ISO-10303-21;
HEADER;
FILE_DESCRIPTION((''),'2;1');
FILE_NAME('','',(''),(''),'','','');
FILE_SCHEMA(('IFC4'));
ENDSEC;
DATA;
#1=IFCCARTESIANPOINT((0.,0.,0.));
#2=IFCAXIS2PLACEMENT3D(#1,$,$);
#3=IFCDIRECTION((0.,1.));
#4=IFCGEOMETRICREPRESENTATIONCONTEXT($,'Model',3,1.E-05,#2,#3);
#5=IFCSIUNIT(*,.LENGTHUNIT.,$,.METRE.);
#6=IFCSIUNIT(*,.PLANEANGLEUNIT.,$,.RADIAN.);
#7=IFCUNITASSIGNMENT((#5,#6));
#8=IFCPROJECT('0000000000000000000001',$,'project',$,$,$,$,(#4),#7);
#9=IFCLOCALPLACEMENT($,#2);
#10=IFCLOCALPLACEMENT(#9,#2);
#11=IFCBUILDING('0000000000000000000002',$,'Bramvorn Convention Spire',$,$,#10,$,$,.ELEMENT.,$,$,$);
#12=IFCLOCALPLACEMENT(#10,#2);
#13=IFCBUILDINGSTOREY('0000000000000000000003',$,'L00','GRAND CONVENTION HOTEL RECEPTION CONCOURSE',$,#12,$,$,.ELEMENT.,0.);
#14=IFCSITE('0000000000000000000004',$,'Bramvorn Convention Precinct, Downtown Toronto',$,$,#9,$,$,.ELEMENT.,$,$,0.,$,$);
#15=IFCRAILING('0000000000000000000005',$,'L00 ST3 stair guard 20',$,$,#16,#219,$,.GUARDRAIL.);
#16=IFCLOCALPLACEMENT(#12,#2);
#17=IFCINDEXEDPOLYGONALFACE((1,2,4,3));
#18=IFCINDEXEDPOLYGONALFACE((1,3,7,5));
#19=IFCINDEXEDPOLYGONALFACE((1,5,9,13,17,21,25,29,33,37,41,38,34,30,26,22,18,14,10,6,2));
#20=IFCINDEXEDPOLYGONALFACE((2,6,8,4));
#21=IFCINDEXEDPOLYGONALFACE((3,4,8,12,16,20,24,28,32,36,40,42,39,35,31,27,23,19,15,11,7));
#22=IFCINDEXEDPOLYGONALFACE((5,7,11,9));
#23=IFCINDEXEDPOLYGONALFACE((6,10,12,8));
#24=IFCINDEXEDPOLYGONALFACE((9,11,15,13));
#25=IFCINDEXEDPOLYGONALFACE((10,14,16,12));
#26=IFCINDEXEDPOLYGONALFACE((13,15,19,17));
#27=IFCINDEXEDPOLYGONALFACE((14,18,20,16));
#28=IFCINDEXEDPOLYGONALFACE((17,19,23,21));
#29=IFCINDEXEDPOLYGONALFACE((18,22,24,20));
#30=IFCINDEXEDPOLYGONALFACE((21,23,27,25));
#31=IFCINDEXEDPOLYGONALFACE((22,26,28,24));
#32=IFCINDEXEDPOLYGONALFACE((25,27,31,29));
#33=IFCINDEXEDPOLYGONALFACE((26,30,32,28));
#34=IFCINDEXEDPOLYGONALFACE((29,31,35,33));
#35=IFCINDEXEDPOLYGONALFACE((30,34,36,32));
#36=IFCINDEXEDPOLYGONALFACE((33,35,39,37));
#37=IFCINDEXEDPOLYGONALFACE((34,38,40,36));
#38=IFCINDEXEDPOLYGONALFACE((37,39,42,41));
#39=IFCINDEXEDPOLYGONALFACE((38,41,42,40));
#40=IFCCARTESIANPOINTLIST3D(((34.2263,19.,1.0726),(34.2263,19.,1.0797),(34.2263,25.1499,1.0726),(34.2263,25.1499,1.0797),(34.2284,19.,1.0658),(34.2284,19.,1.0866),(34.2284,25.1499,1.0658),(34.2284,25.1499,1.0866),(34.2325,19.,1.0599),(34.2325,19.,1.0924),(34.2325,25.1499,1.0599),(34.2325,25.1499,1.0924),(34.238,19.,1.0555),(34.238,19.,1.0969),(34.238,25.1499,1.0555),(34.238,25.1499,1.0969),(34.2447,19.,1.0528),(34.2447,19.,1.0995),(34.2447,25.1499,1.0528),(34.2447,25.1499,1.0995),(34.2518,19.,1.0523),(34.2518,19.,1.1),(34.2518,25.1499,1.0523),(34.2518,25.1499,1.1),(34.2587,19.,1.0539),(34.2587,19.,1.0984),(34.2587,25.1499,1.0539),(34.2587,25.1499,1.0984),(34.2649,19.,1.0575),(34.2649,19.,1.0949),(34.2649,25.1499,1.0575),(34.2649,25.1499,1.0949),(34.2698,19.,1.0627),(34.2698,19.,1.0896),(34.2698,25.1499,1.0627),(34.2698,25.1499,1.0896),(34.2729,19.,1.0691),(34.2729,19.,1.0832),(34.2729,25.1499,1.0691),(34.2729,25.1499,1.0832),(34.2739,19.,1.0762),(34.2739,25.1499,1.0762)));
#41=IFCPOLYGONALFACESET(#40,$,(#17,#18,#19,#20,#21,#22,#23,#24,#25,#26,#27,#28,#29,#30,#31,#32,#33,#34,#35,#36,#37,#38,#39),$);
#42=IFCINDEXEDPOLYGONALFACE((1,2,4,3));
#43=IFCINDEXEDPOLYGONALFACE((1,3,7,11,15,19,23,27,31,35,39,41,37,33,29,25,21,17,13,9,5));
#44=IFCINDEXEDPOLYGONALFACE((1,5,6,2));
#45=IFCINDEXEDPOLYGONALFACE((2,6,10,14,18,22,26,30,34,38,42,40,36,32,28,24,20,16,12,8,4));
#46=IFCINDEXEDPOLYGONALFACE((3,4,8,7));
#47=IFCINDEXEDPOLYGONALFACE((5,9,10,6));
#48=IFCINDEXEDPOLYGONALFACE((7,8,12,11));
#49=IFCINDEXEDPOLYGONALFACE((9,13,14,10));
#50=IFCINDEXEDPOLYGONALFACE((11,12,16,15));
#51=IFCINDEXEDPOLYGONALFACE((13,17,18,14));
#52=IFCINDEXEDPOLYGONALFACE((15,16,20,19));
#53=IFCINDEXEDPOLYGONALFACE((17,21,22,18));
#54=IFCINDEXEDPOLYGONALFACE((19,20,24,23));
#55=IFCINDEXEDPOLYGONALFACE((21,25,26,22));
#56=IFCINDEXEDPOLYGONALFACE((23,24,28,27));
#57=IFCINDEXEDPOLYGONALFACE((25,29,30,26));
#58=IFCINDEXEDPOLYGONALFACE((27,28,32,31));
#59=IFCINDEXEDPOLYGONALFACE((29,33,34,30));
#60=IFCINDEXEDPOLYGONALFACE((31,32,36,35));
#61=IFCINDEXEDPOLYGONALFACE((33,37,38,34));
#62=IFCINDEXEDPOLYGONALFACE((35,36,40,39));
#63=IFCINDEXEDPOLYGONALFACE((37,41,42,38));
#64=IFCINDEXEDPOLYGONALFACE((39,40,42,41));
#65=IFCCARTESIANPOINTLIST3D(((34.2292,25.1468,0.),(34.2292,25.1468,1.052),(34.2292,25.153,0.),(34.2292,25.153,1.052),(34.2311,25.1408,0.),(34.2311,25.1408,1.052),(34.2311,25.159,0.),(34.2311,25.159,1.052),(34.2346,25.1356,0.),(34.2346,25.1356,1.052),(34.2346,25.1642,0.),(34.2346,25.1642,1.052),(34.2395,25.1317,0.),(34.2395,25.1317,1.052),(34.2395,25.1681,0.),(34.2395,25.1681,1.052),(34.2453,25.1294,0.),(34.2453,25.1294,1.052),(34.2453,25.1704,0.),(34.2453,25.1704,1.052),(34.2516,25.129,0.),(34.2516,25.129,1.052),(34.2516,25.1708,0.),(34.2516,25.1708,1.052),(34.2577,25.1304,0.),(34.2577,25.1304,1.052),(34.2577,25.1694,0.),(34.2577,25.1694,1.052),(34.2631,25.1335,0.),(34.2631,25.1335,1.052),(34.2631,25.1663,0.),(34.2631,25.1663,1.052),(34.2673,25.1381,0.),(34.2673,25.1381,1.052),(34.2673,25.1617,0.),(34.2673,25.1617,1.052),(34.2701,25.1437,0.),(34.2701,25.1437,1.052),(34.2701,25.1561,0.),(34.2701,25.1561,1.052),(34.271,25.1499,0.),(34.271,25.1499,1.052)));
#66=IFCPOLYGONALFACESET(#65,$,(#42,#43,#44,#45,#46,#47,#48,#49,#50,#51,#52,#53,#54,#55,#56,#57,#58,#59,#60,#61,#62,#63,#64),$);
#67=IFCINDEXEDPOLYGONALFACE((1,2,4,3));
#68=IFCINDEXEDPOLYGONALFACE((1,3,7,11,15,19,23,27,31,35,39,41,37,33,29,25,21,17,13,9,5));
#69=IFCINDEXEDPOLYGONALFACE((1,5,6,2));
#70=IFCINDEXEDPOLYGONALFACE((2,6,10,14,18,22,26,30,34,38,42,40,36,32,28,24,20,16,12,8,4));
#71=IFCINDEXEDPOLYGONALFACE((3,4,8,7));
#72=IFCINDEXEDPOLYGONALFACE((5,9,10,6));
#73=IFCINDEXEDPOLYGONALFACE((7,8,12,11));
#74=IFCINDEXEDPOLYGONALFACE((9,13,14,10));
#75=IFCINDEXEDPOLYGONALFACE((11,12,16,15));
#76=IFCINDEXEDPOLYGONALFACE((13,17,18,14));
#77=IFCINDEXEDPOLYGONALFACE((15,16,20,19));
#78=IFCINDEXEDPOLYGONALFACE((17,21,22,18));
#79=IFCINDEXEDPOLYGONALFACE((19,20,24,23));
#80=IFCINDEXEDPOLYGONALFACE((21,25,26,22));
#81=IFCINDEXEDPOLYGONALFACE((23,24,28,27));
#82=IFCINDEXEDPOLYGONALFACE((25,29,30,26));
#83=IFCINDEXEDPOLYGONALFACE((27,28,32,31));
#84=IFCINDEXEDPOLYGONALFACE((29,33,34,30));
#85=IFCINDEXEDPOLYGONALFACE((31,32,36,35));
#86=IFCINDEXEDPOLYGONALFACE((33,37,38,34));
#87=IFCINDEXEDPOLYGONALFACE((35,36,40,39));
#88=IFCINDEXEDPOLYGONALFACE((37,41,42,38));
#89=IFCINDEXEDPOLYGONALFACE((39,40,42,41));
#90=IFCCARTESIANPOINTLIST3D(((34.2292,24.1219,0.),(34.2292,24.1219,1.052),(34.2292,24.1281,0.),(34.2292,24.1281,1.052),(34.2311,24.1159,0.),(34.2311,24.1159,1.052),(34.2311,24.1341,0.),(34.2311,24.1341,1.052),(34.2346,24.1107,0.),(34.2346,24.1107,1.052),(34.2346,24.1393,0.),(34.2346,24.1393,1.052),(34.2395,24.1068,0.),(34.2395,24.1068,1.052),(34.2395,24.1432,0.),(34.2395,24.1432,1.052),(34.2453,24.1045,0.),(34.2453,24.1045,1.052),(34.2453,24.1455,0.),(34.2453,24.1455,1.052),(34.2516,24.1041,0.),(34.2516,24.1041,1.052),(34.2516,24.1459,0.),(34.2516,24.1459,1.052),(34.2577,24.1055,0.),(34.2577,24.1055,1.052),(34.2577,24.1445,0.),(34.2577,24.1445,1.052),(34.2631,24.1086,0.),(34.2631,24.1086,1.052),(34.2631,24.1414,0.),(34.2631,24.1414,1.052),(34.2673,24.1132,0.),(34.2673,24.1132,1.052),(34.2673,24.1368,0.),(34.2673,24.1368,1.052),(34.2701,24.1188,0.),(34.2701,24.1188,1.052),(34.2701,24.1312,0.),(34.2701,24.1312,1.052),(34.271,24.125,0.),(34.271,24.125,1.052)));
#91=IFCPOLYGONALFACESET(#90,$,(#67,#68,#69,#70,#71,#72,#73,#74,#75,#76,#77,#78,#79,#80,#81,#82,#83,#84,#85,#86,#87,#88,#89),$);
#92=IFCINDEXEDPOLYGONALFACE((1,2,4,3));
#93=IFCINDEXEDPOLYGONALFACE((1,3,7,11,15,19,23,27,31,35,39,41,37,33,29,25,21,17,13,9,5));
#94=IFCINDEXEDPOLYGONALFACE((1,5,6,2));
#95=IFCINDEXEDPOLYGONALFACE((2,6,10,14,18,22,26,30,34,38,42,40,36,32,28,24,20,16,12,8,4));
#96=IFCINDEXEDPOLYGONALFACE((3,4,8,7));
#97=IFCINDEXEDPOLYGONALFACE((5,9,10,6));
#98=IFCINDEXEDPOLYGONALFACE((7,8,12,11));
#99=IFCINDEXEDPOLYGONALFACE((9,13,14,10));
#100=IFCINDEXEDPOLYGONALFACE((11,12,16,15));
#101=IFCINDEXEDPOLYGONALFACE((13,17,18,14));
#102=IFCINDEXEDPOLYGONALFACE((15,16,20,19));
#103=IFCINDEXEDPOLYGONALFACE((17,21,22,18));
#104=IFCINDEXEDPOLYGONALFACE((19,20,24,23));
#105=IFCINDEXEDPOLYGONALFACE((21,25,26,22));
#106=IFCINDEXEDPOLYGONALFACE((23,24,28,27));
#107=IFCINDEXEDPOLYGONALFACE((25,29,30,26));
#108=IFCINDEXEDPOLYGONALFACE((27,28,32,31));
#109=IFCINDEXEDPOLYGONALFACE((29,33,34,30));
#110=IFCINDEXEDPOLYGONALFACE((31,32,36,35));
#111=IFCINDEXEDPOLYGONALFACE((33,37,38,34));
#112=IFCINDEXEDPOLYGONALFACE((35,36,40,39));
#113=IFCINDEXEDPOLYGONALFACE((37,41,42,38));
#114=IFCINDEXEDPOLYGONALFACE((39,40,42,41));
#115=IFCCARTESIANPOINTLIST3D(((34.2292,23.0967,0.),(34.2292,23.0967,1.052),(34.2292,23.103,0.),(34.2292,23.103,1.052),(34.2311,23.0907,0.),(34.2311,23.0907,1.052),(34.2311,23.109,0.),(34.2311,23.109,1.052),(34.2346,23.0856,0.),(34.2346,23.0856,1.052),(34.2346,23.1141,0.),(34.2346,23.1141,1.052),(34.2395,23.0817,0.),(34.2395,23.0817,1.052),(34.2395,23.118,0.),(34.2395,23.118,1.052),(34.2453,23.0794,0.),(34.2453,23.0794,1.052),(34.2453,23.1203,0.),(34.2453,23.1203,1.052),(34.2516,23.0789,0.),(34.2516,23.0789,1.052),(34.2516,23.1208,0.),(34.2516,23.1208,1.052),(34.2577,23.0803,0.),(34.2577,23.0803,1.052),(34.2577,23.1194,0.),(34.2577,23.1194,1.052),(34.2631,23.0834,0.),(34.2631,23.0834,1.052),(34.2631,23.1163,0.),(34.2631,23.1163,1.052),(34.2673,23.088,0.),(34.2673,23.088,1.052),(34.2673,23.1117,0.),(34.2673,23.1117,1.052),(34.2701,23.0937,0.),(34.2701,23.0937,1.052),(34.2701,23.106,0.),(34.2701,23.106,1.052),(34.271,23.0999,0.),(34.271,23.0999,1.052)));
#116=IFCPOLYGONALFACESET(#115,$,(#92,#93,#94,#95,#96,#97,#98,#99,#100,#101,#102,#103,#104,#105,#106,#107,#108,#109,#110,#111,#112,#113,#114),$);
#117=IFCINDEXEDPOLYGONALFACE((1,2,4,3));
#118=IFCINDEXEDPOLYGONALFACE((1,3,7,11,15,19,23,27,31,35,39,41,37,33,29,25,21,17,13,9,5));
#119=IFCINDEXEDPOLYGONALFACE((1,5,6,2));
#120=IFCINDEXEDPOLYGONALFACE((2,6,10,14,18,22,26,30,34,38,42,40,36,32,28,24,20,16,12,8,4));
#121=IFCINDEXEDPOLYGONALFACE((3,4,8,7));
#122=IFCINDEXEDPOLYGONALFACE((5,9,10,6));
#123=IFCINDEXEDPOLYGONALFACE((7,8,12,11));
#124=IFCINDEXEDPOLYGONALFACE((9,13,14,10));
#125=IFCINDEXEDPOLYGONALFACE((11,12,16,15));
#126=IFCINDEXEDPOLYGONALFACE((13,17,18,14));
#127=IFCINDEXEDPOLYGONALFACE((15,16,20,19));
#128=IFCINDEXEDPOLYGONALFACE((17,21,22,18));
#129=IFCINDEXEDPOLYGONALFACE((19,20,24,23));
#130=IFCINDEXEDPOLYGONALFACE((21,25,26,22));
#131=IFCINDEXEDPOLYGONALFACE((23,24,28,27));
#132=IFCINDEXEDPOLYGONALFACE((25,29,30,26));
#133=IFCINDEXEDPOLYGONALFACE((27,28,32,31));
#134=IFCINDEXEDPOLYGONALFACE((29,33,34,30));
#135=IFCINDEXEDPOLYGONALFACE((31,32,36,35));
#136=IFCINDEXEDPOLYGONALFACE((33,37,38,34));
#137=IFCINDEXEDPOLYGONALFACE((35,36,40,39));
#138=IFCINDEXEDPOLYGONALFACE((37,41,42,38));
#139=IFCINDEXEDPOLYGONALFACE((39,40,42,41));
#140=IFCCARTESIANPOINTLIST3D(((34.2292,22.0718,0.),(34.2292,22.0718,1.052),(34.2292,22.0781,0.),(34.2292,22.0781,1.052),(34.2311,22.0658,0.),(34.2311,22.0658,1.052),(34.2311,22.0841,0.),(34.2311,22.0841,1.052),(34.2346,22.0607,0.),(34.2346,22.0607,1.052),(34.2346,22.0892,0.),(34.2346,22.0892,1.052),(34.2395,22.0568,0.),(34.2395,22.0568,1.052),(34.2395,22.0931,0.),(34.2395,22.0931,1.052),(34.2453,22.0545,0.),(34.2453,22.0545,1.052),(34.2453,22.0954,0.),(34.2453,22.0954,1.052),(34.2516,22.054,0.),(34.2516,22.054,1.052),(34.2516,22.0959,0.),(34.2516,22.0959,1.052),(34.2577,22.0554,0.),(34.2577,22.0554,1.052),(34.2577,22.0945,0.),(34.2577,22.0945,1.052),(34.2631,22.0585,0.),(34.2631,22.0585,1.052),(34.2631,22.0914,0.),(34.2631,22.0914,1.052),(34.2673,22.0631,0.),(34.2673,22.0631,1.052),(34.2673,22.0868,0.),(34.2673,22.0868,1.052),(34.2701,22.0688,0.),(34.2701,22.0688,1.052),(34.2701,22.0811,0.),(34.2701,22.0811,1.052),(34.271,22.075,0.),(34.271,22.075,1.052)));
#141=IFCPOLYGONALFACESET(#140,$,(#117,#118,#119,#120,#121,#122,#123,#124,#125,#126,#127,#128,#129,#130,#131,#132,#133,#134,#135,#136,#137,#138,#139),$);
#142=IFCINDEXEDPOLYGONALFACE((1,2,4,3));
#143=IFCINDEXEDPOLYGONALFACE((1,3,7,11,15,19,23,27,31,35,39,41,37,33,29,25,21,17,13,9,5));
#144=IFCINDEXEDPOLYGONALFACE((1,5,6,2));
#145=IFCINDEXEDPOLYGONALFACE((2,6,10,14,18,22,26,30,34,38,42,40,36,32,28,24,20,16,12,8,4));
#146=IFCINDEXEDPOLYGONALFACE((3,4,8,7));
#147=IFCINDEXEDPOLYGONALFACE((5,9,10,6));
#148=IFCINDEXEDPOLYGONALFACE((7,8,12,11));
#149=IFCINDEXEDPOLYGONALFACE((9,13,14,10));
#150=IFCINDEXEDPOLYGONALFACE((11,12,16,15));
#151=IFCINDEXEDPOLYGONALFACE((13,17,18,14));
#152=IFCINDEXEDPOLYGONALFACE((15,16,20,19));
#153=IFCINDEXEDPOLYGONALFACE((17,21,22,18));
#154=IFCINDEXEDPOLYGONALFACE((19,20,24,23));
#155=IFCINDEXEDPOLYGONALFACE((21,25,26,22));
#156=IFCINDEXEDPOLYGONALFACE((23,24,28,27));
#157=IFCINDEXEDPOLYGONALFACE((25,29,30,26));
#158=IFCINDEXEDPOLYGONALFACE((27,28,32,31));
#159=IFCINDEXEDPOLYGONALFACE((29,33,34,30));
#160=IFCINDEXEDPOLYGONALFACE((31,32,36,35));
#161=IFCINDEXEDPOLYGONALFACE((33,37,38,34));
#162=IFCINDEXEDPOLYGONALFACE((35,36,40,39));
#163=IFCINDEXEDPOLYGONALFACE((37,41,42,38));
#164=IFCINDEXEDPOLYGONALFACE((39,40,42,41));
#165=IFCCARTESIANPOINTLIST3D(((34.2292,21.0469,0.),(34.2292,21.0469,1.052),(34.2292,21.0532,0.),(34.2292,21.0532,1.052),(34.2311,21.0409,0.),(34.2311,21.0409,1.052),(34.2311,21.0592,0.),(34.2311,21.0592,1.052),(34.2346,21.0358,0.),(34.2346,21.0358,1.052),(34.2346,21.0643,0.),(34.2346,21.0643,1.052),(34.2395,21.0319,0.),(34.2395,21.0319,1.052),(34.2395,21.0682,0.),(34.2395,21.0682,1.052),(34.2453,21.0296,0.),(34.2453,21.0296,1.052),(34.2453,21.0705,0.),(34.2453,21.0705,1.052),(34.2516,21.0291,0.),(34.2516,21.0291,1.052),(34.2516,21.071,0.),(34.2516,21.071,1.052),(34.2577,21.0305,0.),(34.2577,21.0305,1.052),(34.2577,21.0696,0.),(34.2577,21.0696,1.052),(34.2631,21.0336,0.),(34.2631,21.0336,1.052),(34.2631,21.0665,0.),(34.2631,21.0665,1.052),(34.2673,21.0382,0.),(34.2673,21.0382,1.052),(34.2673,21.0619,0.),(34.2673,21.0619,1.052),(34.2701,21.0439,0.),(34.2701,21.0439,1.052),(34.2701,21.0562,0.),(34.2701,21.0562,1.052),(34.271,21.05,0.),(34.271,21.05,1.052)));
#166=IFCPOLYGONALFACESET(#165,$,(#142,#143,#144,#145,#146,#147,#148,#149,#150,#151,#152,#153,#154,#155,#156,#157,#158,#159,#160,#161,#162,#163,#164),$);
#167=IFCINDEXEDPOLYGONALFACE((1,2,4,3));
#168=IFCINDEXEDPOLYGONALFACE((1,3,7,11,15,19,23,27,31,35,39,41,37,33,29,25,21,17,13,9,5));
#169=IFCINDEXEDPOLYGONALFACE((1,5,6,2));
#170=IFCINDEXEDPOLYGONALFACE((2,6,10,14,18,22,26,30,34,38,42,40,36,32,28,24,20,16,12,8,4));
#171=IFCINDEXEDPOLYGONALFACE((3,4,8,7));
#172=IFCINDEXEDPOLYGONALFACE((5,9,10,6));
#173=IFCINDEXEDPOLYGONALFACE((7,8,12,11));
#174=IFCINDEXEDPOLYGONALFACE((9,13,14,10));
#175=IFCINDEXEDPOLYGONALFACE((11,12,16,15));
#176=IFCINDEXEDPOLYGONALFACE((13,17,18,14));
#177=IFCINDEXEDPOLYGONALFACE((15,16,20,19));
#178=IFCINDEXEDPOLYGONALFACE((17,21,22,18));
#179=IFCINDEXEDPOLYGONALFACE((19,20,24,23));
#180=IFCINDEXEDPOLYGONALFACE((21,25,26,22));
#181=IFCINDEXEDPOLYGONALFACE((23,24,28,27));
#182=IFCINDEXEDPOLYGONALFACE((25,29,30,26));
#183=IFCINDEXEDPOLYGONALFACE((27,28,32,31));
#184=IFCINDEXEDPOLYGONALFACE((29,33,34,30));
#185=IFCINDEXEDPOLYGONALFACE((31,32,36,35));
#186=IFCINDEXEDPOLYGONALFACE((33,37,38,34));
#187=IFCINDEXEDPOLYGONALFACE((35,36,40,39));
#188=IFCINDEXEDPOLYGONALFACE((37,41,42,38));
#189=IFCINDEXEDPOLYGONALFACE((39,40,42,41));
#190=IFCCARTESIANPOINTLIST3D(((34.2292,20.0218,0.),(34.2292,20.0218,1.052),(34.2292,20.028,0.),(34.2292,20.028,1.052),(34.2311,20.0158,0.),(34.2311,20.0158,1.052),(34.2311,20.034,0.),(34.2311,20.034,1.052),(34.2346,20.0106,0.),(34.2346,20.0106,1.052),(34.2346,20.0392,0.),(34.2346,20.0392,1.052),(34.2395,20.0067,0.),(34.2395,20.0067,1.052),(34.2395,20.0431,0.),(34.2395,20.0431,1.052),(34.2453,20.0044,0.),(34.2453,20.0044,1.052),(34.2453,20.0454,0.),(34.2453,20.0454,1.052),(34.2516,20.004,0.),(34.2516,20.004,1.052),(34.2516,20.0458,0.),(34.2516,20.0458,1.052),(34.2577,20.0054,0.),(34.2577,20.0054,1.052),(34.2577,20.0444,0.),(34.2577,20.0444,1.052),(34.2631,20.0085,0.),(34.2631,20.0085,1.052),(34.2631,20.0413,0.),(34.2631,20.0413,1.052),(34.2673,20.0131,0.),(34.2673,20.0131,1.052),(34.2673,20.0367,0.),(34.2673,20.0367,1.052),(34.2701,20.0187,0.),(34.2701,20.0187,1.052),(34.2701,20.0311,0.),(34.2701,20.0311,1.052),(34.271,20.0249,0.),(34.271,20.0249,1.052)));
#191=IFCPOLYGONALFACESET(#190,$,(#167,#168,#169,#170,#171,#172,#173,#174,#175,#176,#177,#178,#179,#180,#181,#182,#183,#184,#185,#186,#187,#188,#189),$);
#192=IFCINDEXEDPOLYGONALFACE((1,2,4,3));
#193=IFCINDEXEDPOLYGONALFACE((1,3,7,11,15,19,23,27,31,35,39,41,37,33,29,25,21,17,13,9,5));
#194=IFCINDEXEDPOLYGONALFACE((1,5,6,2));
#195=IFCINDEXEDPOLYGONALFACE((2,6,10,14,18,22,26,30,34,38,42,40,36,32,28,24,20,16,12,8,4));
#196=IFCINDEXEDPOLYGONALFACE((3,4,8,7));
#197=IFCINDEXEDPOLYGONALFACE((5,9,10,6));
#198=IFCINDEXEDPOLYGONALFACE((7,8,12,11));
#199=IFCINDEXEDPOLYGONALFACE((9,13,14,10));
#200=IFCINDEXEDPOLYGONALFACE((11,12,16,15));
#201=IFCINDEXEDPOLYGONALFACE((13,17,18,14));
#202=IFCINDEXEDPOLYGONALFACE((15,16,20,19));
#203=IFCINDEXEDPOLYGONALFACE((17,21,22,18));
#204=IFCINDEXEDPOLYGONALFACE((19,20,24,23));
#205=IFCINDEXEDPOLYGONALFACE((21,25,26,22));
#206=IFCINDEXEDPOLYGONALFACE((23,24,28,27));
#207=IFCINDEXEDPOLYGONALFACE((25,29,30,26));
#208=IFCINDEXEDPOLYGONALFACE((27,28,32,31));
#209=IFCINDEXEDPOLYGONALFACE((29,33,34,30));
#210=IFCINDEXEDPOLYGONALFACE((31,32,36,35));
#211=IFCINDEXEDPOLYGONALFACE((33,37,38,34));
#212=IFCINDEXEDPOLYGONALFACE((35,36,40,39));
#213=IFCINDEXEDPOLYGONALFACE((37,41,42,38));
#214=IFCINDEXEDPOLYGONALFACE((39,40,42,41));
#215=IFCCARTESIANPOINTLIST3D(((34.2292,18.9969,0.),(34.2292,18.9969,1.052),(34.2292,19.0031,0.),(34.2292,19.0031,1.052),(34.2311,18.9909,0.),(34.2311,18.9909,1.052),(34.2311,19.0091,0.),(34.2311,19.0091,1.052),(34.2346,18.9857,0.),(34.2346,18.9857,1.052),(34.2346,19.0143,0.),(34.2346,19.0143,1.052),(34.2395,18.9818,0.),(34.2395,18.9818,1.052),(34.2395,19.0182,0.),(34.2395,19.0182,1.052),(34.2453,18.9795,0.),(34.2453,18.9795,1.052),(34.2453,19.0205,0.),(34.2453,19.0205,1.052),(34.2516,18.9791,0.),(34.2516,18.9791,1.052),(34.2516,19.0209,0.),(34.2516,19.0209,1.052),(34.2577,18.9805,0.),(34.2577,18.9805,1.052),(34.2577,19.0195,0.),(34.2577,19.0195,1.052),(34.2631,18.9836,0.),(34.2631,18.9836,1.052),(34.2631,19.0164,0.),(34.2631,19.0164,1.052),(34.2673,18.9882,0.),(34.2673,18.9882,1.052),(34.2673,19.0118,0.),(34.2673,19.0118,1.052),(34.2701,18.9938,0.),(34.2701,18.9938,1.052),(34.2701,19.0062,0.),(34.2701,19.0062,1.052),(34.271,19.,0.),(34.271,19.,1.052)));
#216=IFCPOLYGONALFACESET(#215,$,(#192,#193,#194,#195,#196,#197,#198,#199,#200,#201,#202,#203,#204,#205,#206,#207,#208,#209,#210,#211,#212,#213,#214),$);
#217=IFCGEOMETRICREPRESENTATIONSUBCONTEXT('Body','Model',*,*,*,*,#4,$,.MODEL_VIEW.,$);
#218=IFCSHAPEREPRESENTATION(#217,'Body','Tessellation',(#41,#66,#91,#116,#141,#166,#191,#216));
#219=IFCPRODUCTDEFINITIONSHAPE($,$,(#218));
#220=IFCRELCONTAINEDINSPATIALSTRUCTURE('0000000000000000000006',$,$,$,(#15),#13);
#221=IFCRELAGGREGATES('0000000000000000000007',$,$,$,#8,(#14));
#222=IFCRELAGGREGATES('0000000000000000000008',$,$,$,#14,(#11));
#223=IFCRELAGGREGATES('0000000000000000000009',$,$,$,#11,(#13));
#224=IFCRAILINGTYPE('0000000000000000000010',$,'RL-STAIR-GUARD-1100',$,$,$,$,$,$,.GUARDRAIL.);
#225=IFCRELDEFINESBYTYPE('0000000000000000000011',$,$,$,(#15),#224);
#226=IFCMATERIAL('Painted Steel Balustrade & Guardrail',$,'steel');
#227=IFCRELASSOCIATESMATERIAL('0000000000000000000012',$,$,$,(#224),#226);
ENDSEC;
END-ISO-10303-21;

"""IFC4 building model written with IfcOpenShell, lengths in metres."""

from ifc_helpers import new_model, si_unit, direction, frame, origin, origin_2d, place, context, subcontext, project, spatial, circle, extrude, material, type_object, element, save


model = new_model("IFC4")

# Units and contexts
model_context = context("Model", 3, precision=1e-05, world=origin(), true_north=direction((0.0, 1.0)))
body_context = subcontext(model_context, "Body", "Model", "MODEL_VIEW")
ifc_project = project(units=[si_unit("LENGTHUNIT", "METRE"), si_unit("PLANEANGLEUNIT", "RADIAN")], contexts=[model_context])

# Site, building, storey
site_placement = place(None, origin())
site = spatial("IfcSite", under=ifc_project, at=site_placement, Name="Bramvorn Convention Precinct, Downtown Toronto", CompositionType="ELEMENT", RefElevation=0.0)
building_placement = place(site_placement, origin())
building = spatial("IfcBuilding", under=site, at=building_placement, Name="Bramvorn Convention Spire", CompositionType="ELEMENT")
storey_placement = place(building_placement, origin())
storey = spatial("IfcBuildingStorey", under=building, at=storey_placement, Name="L00", Description="GRAND CONVENTION HOTEL RECEPTION CONCOURSE", CompositionType="ELEMENT", Elevation=0.0)

# Railing
ifc_material_1 = material(Name="Painted Steel Balustrade & Guardrail", Category="steel")
railing_type = type_object("IfcRailingType", Name="RL-STAIR-GUARD-1100", PredefinedType="GUARDRAIL", material=ifc_material_1)
railing_1_placement = place(storey_placement, frame((34.25, 25.1499, 0.0)))
element("IfcRailing", 1, at=railing_1_placement, inside=storey, type_object=railing_type, Name="L00 ST3 stair guard 20", PredefinedType="GUARDRAIL", context=body_context, shape_type="SweptSolid", body=[
    extrude(circle(Radius=0.0239, at=origin_2d()), frame((0.0, 0.0, 1.0762), z_axis=(0.0, -1.0, 0.0), x_axis=(1.0, 0.0, 0.0)), (0.0, 0.0, 1.0), 6.1499),
    extrude(circle(Radius=0.021, at=origin_2d()), origin(), (0.0, 0.0, 1.0), 1.052),
    extrude(circle(Radius=0.021, at=origin_2d()), frame((0.0, -1.0249, 0.0)), (0.0, 0.0, 1.0), 1.052),
    extrude(circle(Radius=0.021, at=origin_2d()), frame((0.0, -2.05, 0.0)), (0.0, 0.0, 1.0), 1.052),
    extrude(circle(Radius=0.021, at=origin_2d()), frame((0.0, -3.075, 0.0)), (0.0, 0.0, 1.0), 1.052),
    extrude(circle(Radius=0.021, at=origin_2d()), frame((0.0, -4.0999, 0.0)), (0.0, 0.0, 1.0), 1.052),
    extrude(circle(Radius=0.021, at=origin_2d()), frame((0.0, -5.125, 0.0)), (0.0, 0.0, 1.0), 1.052),
    extrude(circle(Radius=0.021, at=origin_2d()), frame((0.0, -6.1499, 0.0)), (0.0, 0.0, 1.0), 1.052),
])

save(model, "model.ifc")
